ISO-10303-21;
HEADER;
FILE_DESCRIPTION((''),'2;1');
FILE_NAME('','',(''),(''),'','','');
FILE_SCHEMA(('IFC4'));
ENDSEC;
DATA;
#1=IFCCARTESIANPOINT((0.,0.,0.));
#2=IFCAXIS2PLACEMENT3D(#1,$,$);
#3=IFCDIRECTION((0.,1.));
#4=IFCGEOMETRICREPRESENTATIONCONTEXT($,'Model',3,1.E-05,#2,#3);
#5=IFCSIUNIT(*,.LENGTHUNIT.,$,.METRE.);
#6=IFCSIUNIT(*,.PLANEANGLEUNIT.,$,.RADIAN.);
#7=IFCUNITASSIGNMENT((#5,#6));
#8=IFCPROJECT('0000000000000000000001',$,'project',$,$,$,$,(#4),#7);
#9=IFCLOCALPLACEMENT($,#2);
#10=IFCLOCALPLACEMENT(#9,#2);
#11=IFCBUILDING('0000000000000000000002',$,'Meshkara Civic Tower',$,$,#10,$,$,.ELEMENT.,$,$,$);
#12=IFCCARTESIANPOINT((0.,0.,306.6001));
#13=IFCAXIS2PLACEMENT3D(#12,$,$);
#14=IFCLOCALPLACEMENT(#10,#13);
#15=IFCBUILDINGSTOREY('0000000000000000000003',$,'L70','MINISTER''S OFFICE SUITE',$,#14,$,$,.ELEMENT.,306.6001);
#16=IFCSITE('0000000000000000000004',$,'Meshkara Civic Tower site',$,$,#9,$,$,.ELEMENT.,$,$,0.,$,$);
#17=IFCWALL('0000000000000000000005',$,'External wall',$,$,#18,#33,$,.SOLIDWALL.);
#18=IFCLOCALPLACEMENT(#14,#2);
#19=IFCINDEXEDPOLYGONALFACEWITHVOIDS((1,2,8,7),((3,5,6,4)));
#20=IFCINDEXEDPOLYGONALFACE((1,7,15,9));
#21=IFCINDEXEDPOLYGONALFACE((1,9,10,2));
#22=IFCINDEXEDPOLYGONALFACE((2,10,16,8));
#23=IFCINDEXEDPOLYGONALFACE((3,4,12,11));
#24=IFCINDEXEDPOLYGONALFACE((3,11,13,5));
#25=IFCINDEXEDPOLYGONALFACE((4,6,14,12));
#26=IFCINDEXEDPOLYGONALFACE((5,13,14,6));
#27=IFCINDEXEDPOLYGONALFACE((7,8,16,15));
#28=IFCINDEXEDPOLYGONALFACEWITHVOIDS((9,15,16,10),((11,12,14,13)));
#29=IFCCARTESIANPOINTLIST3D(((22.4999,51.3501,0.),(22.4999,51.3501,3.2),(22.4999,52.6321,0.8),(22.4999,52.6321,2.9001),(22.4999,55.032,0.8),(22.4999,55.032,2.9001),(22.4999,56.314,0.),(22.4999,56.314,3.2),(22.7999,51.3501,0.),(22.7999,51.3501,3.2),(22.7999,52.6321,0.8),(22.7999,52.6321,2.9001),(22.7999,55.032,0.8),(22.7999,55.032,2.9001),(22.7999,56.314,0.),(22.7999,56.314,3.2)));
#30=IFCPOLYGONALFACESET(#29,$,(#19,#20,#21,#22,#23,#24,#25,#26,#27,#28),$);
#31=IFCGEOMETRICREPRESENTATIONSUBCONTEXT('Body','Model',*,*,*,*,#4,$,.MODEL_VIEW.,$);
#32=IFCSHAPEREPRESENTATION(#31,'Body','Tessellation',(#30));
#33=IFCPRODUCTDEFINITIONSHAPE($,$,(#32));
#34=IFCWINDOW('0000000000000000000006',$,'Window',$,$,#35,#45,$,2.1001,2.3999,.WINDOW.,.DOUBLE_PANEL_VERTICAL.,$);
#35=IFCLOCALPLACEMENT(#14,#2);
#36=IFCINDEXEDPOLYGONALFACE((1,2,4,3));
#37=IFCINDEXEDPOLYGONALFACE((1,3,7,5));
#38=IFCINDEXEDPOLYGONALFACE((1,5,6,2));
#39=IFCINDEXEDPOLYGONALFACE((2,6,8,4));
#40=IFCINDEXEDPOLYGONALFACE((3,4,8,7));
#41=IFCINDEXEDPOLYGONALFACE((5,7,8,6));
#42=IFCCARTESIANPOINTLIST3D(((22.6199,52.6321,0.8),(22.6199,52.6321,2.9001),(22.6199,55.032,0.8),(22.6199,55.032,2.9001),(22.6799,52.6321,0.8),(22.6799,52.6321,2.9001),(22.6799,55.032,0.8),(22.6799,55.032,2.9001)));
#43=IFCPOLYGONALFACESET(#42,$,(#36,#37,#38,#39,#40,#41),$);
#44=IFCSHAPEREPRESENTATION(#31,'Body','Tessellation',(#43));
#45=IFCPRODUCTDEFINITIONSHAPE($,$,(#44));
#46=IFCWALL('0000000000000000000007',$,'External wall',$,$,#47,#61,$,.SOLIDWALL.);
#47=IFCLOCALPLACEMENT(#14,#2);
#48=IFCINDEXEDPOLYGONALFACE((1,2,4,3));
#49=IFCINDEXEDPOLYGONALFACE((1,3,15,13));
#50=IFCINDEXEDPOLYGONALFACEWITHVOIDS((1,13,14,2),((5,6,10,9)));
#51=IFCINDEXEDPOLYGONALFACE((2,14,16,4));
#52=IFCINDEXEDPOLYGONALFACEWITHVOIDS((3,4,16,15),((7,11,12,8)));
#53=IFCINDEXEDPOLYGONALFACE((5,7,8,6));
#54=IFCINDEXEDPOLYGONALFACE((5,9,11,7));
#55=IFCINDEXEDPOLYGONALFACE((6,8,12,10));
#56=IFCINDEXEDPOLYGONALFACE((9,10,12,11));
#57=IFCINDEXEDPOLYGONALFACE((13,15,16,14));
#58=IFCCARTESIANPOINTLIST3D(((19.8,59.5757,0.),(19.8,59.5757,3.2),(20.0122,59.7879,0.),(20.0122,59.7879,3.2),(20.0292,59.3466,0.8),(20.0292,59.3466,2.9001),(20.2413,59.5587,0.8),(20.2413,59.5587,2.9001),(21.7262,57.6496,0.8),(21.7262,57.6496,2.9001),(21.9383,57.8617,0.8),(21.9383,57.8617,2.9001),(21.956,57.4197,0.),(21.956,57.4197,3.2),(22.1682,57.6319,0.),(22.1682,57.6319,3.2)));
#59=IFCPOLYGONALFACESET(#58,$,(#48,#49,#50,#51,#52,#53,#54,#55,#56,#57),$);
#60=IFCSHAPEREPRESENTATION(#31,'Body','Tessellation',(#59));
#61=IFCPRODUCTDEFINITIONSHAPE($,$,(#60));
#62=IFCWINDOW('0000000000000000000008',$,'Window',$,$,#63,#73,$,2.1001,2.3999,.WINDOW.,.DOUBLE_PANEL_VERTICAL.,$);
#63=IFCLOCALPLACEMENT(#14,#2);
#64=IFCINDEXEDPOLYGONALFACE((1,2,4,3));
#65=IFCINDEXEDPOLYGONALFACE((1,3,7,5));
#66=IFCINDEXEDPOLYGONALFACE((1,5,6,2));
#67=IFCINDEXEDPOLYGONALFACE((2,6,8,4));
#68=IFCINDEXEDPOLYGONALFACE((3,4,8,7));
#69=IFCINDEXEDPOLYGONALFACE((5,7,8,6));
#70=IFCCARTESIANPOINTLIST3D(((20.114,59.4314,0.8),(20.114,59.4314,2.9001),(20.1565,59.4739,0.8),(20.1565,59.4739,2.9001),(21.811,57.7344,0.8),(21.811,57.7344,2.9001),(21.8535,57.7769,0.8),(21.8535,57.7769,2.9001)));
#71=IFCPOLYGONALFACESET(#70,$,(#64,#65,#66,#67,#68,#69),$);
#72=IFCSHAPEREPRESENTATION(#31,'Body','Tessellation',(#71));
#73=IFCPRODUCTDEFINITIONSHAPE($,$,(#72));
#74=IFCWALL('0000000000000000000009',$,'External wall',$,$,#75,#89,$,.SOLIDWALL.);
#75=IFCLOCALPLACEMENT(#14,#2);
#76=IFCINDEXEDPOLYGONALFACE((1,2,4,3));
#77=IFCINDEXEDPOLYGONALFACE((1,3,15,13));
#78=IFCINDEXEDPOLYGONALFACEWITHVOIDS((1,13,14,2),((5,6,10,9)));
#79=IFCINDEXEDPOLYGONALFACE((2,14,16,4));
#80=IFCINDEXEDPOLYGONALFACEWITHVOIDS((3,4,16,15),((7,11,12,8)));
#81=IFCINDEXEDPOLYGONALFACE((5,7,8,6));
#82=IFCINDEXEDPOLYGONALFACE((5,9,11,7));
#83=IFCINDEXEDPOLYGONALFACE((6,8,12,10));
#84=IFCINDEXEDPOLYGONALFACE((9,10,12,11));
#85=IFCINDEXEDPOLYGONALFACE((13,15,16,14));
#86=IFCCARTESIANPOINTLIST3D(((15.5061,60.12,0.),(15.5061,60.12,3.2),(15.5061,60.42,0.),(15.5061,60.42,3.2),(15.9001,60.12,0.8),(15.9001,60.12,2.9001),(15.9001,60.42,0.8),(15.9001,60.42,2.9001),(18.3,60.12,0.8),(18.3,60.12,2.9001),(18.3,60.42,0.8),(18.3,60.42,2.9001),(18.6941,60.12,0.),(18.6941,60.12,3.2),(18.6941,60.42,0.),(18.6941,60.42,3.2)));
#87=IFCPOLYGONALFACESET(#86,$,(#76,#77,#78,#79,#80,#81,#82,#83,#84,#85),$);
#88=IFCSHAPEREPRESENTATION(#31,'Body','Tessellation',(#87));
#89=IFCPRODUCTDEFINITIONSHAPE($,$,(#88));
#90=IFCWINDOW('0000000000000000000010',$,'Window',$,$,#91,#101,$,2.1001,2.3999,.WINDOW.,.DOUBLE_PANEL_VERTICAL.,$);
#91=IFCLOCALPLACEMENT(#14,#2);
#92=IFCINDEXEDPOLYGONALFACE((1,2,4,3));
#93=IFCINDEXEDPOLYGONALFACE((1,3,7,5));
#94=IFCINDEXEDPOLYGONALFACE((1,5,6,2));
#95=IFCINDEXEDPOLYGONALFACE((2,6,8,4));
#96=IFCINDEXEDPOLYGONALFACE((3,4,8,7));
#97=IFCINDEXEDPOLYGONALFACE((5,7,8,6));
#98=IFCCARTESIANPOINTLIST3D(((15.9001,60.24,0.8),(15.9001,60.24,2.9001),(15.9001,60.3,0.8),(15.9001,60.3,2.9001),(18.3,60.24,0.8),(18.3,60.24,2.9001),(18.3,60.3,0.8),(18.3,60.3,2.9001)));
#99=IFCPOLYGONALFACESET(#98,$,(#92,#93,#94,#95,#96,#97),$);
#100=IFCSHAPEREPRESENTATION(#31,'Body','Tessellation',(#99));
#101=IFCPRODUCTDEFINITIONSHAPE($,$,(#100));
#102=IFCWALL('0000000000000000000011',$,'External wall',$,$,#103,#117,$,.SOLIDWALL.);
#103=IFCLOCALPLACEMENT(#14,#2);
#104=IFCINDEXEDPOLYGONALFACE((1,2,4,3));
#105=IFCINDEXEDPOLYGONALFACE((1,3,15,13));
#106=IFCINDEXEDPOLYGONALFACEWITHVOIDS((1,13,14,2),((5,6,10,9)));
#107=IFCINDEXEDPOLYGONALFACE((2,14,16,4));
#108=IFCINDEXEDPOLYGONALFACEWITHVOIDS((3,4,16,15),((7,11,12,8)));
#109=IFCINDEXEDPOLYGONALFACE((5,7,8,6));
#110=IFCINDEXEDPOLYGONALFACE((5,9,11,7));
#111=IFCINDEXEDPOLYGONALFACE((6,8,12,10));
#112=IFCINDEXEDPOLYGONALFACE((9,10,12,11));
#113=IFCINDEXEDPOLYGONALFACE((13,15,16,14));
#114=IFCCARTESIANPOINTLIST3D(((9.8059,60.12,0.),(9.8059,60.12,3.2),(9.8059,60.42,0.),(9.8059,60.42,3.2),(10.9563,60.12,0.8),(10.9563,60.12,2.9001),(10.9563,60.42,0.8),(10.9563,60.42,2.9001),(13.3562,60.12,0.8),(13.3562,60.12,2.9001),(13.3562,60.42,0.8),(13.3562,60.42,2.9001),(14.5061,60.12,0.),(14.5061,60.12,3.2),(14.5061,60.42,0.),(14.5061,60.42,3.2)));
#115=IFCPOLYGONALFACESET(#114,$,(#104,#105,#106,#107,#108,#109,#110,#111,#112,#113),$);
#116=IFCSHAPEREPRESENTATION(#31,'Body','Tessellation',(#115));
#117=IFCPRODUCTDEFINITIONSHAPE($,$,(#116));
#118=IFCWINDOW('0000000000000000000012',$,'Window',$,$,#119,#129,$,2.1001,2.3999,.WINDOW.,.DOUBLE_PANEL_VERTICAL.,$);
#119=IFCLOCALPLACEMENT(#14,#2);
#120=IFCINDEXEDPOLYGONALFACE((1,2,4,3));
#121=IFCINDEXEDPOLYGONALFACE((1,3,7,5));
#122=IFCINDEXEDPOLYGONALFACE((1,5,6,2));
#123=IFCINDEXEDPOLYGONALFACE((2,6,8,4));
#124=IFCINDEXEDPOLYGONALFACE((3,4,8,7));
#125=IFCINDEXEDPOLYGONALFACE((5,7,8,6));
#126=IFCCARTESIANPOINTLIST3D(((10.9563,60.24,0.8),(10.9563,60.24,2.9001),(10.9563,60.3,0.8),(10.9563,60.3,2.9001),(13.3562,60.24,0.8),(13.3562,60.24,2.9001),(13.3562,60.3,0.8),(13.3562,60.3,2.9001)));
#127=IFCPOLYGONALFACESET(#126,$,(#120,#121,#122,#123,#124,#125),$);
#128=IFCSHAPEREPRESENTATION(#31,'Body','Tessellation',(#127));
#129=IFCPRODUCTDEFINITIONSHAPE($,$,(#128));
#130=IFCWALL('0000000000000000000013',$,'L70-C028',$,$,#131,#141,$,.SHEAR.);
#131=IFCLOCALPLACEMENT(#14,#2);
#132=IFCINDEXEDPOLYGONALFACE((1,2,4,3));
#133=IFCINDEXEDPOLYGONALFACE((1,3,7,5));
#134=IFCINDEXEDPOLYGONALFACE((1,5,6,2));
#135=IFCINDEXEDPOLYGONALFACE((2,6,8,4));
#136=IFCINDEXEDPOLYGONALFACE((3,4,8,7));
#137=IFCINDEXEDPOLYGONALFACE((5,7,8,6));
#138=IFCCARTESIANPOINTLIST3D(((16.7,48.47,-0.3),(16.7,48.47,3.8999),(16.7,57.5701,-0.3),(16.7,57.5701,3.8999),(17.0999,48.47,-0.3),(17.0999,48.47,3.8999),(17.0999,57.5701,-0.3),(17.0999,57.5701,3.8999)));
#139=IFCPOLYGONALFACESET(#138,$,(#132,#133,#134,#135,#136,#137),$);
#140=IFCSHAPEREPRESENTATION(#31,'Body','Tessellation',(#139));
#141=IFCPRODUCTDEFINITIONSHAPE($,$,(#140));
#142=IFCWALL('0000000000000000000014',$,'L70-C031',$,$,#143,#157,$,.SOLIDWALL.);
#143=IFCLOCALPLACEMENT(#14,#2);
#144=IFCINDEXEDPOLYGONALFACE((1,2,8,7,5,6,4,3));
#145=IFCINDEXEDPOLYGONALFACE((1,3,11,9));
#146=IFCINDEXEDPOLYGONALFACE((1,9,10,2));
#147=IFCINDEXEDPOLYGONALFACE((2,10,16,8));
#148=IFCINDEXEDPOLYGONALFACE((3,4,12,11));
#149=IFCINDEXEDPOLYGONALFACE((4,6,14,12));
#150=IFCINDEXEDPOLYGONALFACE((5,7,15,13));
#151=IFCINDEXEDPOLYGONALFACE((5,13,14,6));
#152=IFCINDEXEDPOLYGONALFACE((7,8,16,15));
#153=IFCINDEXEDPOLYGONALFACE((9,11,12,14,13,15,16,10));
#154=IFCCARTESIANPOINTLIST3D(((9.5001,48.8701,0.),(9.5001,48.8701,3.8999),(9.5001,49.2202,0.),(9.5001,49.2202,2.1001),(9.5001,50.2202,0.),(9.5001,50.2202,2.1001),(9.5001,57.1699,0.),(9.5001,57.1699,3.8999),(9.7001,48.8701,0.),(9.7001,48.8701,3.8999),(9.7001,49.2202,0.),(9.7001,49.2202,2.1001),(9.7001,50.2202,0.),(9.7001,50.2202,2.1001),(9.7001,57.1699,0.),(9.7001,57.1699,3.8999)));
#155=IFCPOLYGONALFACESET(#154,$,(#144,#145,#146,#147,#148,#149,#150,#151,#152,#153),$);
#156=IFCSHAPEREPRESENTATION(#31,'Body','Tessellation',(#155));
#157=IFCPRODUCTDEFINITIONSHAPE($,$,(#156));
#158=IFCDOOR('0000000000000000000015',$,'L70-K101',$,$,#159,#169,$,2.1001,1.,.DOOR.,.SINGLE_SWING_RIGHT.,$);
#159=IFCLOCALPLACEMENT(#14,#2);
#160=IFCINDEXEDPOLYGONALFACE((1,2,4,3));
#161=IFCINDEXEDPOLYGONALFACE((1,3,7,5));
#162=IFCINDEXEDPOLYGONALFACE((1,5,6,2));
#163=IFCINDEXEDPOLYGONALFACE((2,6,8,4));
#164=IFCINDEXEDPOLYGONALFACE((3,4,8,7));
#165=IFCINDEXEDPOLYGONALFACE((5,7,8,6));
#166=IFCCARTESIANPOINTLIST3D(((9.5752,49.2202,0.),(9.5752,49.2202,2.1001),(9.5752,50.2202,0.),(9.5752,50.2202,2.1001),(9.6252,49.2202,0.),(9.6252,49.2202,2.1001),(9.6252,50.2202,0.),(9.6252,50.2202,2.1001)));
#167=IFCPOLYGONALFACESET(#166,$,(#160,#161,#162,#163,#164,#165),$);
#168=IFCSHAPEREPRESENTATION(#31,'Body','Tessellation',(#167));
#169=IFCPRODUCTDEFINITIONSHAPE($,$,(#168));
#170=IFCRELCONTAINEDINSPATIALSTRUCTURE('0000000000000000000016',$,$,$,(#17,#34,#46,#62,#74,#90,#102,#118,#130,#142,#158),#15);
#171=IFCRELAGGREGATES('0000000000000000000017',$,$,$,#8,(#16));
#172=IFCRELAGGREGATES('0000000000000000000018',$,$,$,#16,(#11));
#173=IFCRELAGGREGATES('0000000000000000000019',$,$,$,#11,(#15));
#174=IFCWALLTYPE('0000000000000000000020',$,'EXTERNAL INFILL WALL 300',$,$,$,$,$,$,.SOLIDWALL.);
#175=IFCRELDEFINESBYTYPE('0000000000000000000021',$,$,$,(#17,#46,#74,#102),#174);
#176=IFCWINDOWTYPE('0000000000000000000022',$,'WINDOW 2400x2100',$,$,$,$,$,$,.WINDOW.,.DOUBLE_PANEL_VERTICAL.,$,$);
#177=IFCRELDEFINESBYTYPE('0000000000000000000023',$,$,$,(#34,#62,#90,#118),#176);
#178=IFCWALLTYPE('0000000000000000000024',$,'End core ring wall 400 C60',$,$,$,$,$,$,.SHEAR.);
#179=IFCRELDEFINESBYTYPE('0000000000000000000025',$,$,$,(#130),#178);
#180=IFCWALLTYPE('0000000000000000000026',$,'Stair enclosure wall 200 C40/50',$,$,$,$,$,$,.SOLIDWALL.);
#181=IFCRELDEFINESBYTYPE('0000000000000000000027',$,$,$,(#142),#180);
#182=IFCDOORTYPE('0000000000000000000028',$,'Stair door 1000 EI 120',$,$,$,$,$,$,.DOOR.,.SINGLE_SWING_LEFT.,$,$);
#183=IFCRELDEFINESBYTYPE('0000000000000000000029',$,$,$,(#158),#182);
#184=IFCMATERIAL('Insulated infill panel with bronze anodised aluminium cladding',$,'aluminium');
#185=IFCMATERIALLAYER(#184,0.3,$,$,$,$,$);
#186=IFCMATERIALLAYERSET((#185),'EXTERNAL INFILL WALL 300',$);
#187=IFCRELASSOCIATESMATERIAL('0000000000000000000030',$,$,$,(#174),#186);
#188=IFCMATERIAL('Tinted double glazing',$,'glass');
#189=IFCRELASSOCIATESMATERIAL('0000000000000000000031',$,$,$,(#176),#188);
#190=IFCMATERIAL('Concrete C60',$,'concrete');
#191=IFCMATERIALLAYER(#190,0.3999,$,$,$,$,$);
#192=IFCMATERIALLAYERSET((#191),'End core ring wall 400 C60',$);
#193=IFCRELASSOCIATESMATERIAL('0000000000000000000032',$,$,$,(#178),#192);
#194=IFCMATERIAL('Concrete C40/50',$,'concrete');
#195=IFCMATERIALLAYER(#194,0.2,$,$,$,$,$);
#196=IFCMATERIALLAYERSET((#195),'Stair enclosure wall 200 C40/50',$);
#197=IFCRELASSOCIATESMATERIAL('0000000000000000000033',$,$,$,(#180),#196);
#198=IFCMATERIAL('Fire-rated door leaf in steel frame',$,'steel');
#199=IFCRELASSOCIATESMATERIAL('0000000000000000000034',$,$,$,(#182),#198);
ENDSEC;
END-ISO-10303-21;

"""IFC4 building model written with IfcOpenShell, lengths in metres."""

from ifc_helpers import new_model, si_unit, direction, frame, frame_2d, origin, place, context, subcontext, project, spatial, rectangle, extrude, material, layer, layer_set, type_object, element, fill, save


model = new_model("IFC4")

# Units and contexts
model_context = context("Model", 3, precision=1e-05, world=origin(), true_north=direction((0.0, 1.0)))
body_context = subcontext(model_context, "Body", "Model", "MODEL_VIEW")
ifc_project = project(units=[si_unit("LENGTHUNIT", "METRE"), si_unit("PLANEANGLEUNIT", "RADIAN")], contexts=[model_context])

# Site, building, storey
site_placement = place(None, origin())
site = spatial("IfcSite", under=ifc_project, at=site_placement, Name="Meshkara Civic Tower site", CompositionType="ELEMENT", RefElevation=0.0)
building_placement = place(site_placement, origin())
building = spatial("IfcBuilding", under=site, at=building_placement, Name="Meshkara Civic Tower", CompositionType="ELEMENT")
storey_placement = place(building_placement, frame((0.0, 0.0, 306.6001)))
storey = spatial("IfcBuildingStorey", under=building, at=storey_placement, Name="L70", Description="MINISTER'S OFFICE SUITE", CompositionType="ELEMENT", Elevation=306.6001)

# Walls, openings, windows
ifc_material_1 = material(Name="Insulated infill panel with bronze anodised aluminium cladding", Category="aluminium")
ifc_layer_1 = layer(ifc_material_1, 0.3)
ifc_layer_set_1 = layer_set([ifc_layer_1], Name="EXTERNAL INFILL WALL 300")
wall_type_1 = type_object("IfcWallType", Name="EXTERNAL INFILL WALL 300", PredefinedType="SOLIDWALL", material=ifc_layer_set_1)
wall_1_placement = place(storey_placement, frame((22.6499, 51.3501, 0.0), z_axis=(0.0, 0.0, 1.0), x_axis=(0.0, 1.0, 0.0)))
wall_1 = element("IfcWall", 1, at=wall_1_placement, inside=storey, type_object=wall_type_1, Name="External wall", PredefinedType="SOLIDWALL", context=body_context, shape_type="SweptSolid", body=[
    extrude(rectangle(XDim=4.9639, YDim=0.3, at=frame_2d((2.4819, 0.0))), origin(), (0.0, 0.0, 1.0), 3.2),
])
opening_1_placement = place(wall_1_placement, frame((1.282, 0.0, 0.8)))
opening_1 = element("IfcOpeningElement", 2, at=opening_1_placement, cuts=wall_1, PredefinedType="OPENING", context=body_context, shape_type="SweptSolid", body=[
    extrude(rectangle(XDim=2.3999, YDim=2.1001, at=frame_2d((1.2, 1.05))), frame((0.0, 0.1599, 0.0), z_axis=(0.0, -1.0, 0.0), x_axis=(1.0, 0.0, 0.0)), (0.0, 0.0, 1.0), 0.3201),
])
ifc_material_2 = material(Name="Tinted double glazing", Category="glass")
window_type = type_object("IfcWindowType", Name="WINDOW 2400x2100", PartitioningType="DOUBLE_PANEL_VERTICAL", PredefinedType="WINDOW", material=ifc_material_2)
window_1_placement = place(opening_1_placement, origin())
window_1 = element("IfcWindow", 3, at=window_1_placement, inside=storey, type_object=window_type, Name="Window", OverallHeight=2.1001, OverallWidth=2.3999, PartitioningType="DOUBLE_PANEL_VERTICAL", PredefinedType="WINDOW", context=body_context, shape_type="SweptSolid", body=[
    extrude(rectangle(XDim=2.3999, YDim=2.1001, at=frame_2d((1.2, 1.05))), frame((0.0, 0.03, 0.0), z_axis=(0.0, -1.0, 0.0), x_axis=(1.0, 0.0, 0.0)), (0.0, 0.0, 1.0), 0.0601),
])
fill(opening_1, window_1)
wall_2_placement = place(storey_placement, frame((22.062, 57.5259, 0.0), z_axis=(0.0, 0.0, 1.0), x_axis=(-0.707107, 0.707107, 0.0)))
wall_2 = element("IfcWall", 4, at=wall_2_placement, inside=storey, type_object=wall_type_1, Name="External wall", PredefinedType="SOLIDWALL", context=body_context, shape_type="SweptSolid", body=[
    extrude(rectangle(XDim=3.0491, YDim=0.3, at=frame_2d((1.5244, 0.0))), origin(), (0.0, 0.0, 1.0), 3.2),
])
opening_2_placement = place(wall_2_placement, frame((0.325, 0.0, 0.8)))
opening_2 = element("IfcOpeningElement", 5, at=opening_2_placement, cuts=wall_2, PredefinedType="OPENING", context=body_context, shape_type="SweptSolid", body=[
    extrude(rectangle(XDim=2.3999, YDim=2.1001, at=frame_2d((1.2, 1.05))), frame((0.0, 0.1599, 0.0), z_axis=(0.0, -1.0, 0.0), x_axis=(1.0, 0.0, 0.0)), (0.0, 0.0, 1.0), 0.3201),
])
window_2_placement = place(opening_2_placement, origin())
window_2 = element("IfcWindow", 6, at=window_2_placement, inside=storey, type_object=window_type, Name="Window", OverallHeight=2.1001, OverallWidth=2.3999, PartitioningType="DOUBLE_PANEL_VERTICAL", PredefinedType="WINDOW", context=body_context, shape_type="SweptSolid", body=[
    extrude(rectangle(XDim=2.3999, YDim=2.1001, at=frame_2d((1.2, 1.05))), frame((0.0, 0.03, 0.0), z_axis=(0.0, -1.0, 0.0), x_axis=(1.0, 0.0, 0.0)), (0.0, 0.0, 1.0), 0.0601),
])
fill(opening_2, window_2)
wall_3_placement = place(storey_placement, frame((18.6941, 60.27, 0.0), z_axis=(0.0, 0.0, 1.0), x_axis=(-1.0, 0.0, 0.0)))
wall_3 = element("IfcWall", 7, at=wall_3_placement, inside=storey, type_object=wall_type_1, Name="External wall", PredefinedType="SOLIDWALL", context=body_context, shape_type="SweptSolid", body=[
    extrude(rectangle(XDim=3.188, YDim=0.3, at=frame_2d((1.594, 0.0))), origin(), (0.0, 0.0, 1.0), 3.2),
])
opening_3_placement = place(wall_3_placement, frame((0.394, 0.0, 0.8)))
opening_3 = element("IfcOpeningElement", 8, at=opening_3_placement, cuts=wall_3, PredefinedType="OPENING", context=body_context, shape_type="SweptSolid", body=[
    extrude(rectangle(XDim=2.3999, YDim=2.1001, at=frame_2d((1.2, 1.05))), frame((0.0, 0.1599, 0.0), z_axis=(0.0, -1.0, 0.0), x_axis=(1.0, 0.0, 0.0)), (0.0, 0.0, 1.0), 0.3201),
])
window_3_placement = place(opening_3_placement, origin())
window_3 = element("IfcWindow", 9, at=window_3_placement, inside=storey, type_object=window_type, Name="Window", OverallHeight=2.1001, OverallWidth=2.3999, PartitioningType="DOUBLE_PANEL_VERTICAL", PredefinedType="WINDOW", context=body_context, shape_type="SweptSolid", body=[
    extrude(rectangle(XDim=2.3999, YDim=2.1001, at=frame_2d((1.2, 1.05))), frame((0.0, 0.03, 0.0), z_axis=(0.0, -1.0, 0.0), x_axis=(1.0, 0.0, 0.0)), (0.0, 0.0, 1.0), 0.0601),
])
fill(opening_3, window_3)
wall_4_placement = place(storey_placement, frame((14.5061, 60.27, 0.0), z_axis=(0.0, 0.0, 1.0), x_axis=(-1.0, 0.0, 0.0)))
wall_4 = element("IfcWall", 10, at=wall_4_placement, inside=storey, type_object=wall_type_1, Name="External wall", PredefinedType="SOLIDWALL", context=body_context, shape_type="SweptSolid", body=[
    extrude(rectangle(XDim=4.7002, YDim=0.3, at=frame_2d((2.3501, 0.0))), origin(), (0.0, 0.0, 1.0), 3.2),
])
opening_4_placement = place(wall_4_placement, frame((1.1499, 0.0, 0.8)))
opening_4 = element("IfcOpeningElement", 11, at=opening_4_placement, cuts=wall_4, PredefinedType="OPENING", context=body_context, shape_type="SweptSolid", body=[
    extrude(rectangle(XDim=2.3999, YDim=2.1001, at=frame_2d((1.2, 1.05))), frame((0.0, 0.1599, 0.0), z_axis=(0.0, -1.0, 0.0), x_axis=(1.0, 0.0, 0.0)), (0.0, 0.0, 1.0), 0.3201),
])
window_4_placement = place(opening_4_placement, origin())
window_4 = element("IfcWindow", 12, at=window_4_placement, inside=storey, type_object=window_type, Name="Window", OverallHeight=2.1001, OverallWidth=2.3999, PartitioningType="DOUBLE_PANEL_VERTICAL", PredefinedType="WINDOW", context=body_context, shape_type="SweptSolid", body=[
    extrude(rectangle(XDim=2.3999, YDim=2.1001, at=frame_2d((1.2, 1.05))), frame((0.0, 0.03, 0.0), z_axis=(0.0, -1.0, 0.0), x_axis=(1.0, 0.0, 0.0)), (0.0, 0.0, 1.0), 0.0601),
])
fill(opening_4, window_4)

# Wall
ifc_material_3 = material(Name="Concrete C60", Category="concrete")
ifc_layer_2 = layer(ifc_material_3, 0.3999)
ifc_layer_set_2 = layer_set([ifc_layer_2], Name="End core ring wall 400 C60")
wall_type_2 = type_object("IfcWallType", Name="End core ring wall 400 C60", PredefinedType="SHEAR", material=ifc_layer_set_2)
wall_5_placement = place(storey_placement, frame((16.8999, 48.47, -0.3), z_axis=(0.0, 0.0, 1.0), x_axis=(0.0, 1.0, 0.0)))
element("IfcWall", 13, at=wall_5_placement, inside=storey, type_object=wall_type_2, Name="L70-C028", PredefinedType="SHEAR", context=body_context, shape_type="SweptSolid", body=[
    extrude(rectangle(XDim=9.1001, YDim=0.3999, at=frame_2d((4.55, 0.0))), origin(), (0.0, 0.0, 1.0), 4.2),
])

# Wall, opening, door
ifc_material_4 = material(Name="Concrete C40/50", Category="concrete")
ifc_layer_3 = layer(ifc_material_4, 0.2)
ifc_layer_set_3 = layer_set([ifc_layer_3], Name="Stair enclosure wall 200 C40/50")
wall_type_3 = type_object("IfcWallType", Name="Stair enclosure wall 200 C40/50", PredefinedType="SOLIDWALL", material=ifc_layer_set_3)
wall_6_placement = place(storey_placement, frame((9.6001, 48.8701, 0.0), z_axis=(0.0, 0.0, 1.0), x_axis=(0.0, 1.0, 0.0)))
wall_6 = element("IfcWall", 14, at=wall_6_placement, inside=storey, type_object=wall_type_3, Name="L70-C031", PredefinedType="SOLIDWALL", context=body_context, shape_type="SweptSolid", body=[
    extrude(rectangle(XDim=8.2998, YDim=0.2, at=frame_2d((4.1499, 0.0))), origin(), (0.0, 0.0, 1.0), 3.8999),
])
opening_5_placement = place(wall_6_placement, frame((0.3501, 0.0, 0.0)))
opening_5 = element("IfcOpeningElement", 15, at=opening_5_placement, cuts=wall_6, PredefinedType="OPENING", context=body_context, shape_type="SweptSolid", body=[
    extrude(rectangle(XDim=1.0, YDim=2.1001, at=frame_2d((0.5, 1.05))), frame((0.0, 0.1099, 0.0), z_axis=(0.0, -1.0, 0.0), x_axis=(1.0, 0.0, 0.0)), (0.0, 0.0, 1.0), 0.22),
])
ifc_material_5 = material(Name="Fire-rated door leaf in steel frame", Category="steel")
door_type_1 = type_object("IfcDoorType", Name="Stair door 1000 EI 120", OperationType="SINGLE_SWING_LEFT", PredefinedType="DOOR", material=ifc_material_5)
door_1_placement = place(opening_5_placement, origin())
door_1 = element("IfcDoor", 16, at=door_1_placement, inside=storey, type_object=door_type_1, Name="L70-K101", OperationType="SINGLE_SWING_RIGHT", OverallHeight=2.1001, OverallWidth=1.0, PredefinedType="DOOR", context=body_context, shape_type="SweptSolid", body=[
    extrude(rectangle(XDim=1.0, YDim=2.1001, at=frame_2d((0.5, 1.05))), frame((0.0, 0.0249, 0.0), z_axis=(0.0, -1.0, 0.0), x_axis=(1.0, 0.0, 0.0)), (0.0, 0.0, 1.0), 0.05),
])
fill(opening_5, door_1)

save(model, "model.ifc")
